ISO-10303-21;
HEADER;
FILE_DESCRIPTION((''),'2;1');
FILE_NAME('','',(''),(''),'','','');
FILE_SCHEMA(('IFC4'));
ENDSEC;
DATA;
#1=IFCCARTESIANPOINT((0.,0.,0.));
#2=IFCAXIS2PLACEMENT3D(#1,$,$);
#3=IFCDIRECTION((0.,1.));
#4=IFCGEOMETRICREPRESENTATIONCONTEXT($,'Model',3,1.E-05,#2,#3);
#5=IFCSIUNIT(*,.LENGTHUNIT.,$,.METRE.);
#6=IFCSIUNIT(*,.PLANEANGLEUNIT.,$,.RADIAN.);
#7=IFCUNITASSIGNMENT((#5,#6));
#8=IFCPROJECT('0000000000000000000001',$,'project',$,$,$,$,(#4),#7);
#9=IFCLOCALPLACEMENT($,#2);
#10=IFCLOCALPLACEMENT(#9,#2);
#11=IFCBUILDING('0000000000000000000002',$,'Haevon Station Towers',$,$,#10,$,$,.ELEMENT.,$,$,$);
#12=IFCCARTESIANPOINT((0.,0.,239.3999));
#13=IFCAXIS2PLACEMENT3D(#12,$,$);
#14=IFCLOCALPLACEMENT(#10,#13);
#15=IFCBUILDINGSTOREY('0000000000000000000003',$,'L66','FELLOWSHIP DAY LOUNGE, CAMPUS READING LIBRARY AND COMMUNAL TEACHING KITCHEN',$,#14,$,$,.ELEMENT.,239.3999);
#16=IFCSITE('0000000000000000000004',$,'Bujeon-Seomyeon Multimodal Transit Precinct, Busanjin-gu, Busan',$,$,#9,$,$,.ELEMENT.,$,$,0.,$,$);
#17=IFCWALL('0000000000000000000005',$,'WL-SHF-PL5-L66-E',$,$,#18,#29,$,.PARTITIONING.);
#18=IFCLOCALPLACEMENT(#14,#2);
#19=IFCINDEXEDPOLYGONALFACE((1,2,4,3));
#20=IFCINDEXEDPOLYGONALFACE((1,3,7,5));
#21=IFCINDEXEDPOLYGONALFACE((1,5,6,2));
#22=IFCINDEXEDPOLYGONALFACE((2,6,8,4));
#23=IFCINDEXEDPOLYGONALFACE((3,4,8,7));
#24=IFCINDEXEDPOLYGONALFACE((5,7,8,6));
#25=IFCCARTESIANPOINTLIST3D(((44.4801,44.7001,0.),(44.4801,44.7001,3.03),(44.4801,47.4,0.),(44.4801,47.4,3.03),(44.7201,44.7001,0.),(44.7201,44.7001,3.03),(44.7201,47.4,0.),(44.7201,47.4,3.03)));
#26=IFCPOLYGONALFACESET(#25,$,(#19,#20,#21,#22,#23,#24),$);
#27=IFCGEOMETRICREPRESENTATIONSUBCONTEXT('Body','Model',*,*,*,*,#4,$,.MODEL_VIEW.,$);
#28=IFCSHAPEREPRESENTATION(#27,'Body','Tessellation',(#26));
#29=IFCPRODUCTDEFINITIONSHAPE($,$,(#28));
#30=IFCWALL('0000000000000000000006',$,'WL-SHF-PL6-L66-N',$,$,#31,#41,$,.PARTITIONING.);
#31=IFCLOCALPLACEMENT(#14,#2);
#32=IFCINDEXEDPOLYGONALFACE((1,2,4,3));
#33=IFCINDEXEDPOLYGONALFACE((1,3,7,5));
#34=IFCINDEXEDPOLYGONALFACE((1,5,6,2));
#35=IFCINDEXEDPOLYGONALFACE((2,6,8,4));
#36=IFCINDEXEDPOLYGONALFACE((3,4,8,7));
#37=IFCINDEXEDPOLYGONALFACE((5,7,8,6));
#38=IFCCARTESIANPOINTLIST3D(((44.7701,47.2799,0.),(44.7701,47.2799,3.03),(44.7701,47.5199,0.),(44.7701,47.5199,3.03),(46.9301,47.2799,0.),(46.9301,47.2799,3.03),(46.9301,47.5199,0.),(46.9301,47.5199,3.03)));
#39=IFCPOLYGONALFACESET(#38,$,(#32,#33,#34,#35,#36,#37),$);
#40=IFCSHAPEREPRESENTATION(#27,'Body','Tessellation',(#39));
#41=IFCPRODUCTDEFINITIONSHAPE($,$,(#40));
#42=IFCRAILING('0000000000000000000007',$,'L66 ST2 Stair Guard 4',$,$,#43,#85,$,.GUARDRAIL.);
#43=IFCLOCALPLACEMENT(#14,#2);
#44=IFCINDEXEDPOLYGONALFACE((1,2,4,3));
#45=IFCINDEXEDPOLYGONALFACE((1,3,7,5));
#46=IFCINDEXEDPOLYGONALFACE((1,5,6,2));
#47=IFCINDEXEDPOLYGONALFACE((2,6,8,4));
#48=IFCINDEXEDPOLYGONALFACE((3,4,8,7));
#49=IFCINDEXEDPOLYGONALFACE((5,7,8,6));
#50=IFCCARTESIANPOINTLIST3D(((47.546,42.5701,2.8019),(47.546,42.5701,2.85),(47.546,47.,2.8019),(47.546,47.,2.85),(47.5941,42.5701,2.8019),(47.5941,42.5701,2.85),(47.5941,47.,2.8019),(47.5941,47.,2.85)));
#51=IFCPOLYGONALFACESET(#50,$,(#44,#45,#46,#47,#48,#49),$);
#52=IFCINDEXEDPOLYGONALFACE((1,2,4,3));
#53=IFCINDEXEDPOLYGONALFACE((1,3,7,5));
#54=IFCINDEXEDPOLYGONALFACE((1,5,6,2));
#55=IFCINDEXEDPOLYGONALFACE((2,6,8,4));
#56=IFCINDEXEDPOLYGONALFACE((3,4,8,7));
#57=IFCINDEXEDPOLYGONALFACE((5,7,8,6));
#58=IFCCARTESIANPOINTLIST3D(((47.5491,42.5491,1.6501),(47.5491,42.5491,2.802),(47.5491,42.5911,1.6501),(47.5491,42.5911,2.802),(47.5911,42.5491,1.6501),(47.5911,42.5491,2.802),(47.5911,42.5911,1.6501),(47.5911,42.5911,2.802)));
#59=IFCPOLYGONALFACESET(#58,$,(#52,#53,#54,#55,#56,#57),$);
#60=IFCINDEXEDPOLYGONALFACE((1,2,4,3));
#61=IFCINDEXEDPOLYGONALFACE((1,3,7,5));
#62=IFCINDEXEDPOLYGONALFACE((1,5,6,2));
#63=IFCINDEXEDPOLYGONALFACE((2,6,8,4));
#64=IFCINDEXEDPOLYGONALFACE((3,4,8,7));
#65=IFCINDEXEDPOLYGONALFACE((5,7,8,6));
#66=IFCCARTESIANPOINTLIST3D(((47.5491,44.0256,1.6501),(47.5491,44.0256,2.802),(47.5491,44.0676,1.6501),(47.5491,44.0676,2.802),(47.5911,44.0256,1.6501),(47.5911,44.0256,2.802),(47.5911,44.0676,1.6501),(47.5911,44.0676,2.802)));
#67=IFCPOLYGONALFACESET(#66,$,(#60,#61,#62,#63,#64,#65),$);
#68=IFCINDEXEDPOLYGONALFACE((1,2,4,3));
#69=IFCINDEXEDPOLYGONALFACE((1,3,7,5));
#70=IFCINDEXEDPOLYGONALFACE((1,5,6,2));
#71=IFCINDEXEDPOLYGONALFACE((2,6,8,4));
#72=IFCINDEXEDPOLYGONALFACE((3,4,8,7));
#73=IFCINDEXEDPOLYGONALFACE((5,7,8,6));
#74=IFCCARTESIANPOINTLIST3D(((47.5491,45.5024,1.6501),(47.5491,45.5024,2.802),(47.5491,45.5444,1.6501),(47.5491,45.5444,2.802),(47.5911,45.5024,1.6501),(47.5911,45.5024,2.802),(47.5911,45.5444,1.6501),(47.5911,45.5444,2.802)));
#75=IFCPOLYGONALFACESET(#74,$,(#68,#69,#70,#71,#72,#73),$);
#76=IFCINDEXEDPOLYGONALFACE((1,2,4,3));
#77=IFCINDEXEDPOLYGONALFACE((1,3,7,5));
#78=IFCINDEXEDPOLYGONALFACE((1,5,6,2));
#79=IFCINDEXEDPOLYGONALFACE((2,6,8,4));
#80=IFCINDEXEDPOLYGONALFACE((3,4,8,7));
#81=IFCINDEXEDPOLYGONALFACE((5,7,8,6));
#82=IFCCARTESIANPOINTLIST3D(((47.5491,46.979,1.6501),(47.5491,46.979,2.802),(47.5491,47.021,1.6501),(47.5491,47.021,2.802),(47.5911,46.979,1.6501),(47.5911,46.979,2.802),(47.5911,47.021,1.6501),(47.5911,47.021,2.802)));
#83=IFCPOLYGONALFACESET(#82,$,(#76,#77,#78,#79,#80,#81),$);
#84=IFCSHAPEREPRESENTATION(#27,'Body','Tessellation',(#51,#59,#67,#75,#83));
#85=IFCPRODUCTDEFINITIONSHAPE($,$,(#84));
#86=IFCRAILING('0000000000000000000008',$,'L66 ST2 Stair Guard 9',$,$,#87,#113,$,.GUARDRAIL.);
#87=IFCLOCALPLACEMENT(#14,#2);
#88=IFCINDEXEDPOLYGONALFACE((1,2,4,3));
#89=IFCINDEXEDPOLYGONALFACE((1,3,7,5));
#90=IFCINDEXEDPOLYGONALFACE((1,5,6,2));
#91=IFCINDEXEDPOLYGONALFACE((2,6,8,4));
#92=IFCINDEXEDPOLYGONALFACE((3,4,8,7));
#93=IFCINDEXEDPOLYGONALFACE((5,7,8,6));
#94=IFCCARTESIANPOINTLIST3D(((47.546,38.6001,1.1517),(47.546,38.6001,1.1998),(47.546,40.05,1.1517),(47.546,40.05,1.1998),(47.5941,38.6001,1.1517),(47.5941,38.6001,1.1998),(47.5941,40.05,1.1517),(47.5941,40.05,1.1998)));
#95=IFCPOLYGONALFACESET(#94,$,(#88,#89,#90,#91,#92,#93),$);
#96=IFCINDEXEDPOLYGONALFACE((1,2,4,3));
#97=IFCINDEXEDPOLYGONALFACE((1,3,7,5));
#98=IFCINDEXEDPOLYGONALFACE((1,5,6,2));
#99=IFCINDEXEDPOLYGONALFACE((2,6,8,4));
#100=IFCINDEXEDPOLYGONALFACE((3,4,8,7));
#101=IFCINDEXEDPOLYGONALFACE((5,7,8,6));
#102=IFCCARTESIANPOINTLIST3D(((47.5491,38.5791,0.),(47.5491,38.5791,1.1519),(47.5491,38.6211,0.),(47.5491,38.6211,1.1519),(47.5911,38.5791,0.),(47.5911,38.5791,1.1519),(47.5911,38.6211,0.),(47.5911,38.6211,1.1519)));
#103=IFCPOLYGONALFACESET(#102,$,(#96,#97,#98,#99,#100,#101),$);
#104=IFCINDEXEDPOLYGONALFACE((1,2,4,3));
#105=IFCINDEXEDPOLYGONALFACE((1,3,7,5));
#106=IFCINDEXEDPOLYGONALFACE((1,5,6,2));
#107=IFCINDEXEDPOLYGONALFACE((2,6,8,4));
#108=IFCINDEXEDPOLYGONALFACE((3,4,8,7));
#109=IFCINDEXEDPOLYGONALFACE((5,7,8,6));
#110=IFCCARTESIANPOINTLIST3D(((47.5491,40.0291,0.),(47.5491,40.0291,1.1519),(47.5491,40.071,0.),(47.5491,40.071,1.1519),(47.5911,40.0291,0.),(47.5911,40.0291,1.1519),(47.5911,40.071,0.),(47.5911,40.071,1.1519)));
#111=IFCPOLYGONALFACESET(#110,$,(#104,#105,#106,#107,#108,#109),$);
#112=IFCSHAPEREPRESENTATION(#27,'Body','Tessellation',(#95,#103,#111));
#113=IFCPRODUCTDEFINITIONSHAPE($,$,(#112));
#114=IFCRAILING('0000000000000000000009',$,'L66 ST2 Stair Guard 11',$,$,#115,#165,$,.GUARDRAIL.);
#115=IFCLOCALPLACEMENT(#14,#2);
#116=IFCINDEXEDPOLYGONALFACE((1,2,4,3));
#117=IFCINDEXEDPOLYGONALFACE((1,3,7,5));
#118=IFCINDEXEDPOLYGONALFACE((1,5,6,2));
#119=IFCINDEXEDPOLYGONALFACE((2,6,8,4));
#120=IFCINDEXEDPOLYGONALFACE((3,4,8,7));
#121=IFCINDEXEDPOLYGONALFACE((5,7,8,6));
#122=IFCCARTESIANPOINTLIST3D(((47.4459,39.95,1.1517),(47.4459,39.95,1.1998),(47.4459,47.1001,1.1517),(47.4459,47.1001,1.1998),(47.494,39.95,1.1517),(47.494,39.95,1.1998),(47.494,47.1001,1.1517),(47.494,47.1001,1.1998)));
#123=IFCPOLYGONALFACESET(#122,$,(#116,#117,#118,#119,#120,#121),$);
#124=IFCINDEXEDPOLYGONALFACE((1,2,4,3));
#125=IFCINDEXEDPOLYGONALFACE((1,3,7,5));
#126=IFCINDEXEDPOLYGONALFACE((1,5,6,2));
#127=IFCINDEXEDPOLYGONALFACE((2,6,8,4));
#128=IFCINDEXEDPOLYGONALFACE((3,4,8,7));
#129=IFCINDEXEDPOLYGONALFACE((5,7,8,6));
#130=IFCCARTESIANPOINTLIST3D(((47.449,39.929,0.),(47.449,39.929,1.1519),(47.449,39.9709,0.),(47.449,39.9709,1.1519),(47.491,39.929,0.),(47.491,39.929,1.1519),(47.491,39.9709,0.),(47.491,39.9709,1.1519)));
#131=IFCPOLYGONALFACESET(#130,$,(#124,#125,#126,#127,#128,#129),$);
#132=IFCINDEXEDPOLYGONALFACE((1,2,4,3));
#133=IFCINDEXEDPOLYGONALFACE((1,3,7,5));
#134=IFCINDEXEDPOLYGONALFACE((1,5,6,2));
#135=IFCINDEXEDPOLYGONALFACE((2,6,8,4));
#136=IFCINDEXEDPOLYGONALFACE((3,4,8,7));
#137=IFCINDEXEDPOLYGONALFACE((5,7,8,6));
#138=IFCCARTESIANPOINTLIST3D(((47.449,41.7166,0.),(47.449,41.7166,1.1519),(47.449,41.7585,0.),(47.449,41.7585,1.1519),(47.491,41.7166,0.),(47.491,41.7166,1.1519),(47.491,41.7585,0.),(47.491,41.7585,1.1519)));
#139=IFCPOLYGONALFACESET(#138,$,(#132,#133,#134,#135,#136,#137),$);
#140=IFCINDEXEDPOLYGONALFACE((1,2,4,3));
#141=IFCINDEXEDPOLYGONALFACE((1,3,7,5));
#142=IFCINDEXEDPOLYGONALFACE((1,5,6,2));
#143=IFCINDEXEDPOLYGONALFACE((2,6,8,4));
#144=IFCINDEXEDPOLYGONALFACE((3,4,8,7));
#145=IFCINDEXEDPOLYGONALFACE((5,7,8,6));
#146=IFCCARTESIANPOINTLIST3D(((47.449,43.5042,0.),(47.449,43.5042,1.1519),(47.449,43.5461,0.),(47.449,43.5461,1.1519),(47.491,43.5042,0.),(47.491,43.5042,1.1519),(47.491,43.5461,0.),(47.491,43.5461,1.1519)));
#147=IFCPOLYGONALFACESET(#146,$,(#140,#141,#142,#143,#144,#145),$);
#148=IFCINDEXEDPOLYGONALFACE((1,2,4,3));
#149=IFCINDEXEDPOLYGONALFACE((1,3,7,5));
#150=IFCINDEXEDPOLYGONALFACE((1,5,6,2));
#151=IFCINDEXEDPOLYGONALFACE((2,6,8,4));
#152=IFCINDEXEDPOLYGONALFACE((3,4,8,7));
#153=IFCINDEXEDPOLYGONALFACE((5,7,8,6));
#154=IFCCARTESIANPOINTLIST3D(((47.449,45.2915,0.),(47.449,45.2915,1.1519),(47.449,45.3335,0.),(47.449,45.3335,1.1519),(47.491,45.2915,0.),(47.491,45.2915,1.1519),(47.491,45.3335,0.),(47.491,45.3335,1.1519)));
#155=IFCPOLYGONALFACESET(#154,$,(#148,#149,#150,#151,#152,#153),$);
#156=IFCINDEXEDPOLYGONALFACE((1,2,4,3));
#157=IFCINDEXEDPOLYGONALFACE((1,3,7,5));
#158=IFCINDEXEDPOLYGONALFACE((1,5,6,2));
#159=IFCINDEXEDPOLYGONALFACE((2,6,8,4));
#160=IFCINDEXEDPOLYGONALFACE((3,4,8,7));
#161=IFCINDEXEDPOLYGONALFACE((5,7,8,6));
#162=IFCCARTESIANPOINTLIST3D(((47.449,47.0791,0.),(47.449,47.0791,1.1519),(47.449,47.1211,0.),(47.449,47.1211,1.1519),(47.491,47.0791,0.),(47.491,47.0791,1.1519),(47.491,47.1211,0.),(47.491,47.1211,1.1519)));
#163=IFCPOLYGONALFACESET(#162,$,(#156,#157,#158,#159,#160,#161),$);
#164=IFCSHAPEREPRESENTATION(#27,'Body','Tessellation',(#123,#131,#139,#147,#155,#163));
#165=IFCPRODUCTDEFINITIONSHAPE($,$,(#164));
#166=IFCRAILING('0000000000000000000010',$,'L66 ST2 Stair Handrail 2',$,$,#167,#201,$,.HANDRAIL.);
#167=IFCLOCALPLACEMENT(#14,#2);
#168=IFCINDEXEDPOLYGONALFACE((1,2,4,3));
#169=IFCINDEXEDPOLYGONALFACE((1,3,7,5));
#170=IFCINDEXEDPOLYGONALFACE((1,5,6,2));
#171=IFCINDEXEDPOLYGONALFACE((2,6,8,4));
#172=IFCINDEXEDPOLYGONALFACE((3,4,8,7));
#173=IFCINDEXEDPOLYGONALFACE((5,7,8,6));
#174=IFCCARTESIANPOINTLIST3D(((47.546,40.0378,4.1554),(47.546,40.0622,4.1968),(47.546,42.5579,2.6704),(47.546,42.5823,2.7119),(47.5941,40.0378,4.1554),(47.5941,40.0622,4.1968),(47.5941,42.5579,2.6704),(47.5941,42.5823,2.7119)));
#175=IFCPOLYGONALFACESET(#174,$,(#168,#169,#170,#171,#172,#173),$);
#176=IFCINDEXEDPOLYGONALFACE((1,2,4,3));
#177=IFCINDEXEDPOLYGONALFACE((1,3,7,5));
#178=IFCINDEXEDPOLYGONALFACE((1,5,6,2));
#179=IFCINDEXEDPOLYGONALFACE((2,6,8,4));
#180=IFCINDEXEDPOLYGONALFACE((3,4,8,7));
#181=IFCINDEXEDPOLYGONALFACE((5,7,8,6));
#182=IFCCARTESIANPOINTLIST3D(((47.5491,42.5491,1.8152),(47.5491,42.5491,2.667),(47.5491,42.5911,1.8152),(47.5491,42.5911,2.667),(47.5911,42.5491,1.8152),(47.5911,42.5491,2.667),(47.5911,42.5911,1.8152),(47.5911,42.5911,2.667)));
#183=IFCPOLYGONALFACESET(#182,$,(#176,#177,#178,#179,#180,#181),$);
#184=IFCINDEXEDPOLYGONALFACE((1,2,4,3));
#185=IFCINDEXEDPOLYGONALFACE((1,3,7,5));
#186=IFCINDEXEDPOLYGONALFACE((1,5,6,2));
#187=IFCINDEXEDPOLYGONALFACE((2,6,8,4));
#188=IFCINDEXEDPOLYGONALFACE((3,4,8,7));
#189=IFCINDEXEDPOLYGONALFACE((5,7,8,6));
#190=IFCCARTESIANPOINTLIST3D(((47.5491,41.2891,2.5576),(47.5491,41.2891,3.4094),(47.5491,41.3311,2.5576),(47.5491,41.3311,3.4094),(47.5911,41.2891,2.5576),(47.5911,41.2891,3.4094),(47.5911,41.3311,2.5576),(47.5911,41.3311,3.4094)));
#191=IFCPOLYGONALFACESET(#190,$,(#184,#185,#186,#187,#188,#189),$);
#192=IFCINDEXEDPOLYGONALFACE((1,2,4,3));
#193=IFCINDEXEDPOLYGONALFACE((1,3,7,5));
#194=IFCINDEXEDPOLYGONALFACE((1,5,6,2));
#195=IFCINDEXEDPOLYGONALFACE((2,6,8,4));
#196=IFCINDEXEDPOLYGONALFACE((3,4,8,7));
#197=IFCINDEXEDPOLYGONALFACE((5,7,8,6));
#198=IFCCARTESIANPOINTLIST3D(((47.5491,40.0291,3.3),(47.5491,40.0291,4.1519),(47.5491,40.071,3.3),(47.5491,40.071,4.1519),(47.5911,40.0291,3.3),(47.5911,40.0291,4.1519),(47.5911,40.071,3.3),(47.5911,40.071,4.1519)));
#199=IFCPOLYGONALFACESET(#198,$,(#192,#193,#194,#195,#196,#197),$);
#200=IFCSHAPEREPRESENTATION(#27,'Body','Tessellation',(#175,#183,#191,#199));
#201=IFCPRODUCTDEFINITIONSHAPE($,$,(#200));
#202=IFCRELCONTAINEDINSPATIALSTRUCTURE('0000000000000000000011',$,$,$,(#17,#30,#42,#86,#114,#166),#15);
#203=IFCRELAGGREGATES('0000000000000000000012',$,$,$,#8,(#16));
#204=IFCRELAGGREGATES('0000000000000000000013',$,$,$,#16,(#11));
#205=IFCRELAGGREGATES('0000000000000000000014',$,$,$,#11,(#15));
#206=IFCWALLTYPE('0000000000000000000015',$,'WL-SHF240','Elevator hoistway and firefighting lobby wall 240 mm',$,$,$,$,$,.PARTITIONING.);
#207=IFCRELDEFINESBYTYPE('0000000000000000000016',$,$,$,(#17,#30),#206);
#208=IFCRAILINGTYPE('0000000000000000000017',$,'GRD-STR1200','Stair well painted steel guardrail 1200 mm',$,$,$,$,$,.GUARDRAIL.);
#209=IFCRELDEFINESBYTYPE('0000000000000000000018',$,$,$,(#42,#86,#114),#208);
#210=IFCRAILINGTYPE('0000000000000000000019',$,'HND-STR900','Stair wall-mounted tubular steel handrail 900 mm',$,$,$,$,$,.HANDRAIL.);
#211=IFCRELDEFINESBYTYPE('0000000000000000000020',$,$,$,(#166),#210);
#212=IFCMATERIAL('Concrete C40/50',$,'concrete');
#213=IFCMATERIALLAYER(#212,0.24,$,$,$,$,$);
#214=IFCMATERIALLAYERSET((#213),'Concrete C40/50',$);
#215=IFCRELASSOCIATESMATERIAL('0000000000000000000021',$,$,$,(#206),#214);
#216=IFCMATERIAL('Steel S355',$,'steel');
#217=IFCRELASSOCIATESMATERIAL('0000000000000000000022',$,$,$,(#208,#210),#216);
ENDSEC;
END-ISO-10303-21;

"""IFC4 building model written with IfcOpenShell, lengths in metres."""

from ifc_helpers import new_model, si_unit, direction, frame, frame_2d, origin, origin_2d, place, context, subcontext, project, spatial, rectangle, extrude, material, layer, layer_set, type_object, element, save


model = new_model("IFC4")

# Units and contexts
model_context = context("Model", 3, precision=1e-05, world=origin(), true_north=direction((0.0, 1.0)))
body_context = subcontext(model_context, "Body", "Model", "MODEL_VIEW")
ifc_project = project(units=[si_unit("LENGTHUNIT", "METRE"), si_unit("PLANEANGLEUNIT", "RADIAN")], contexts=[model_context])

# Site, building, storey
site_placement = place(None, origin())
site = spatial("IfcSite", under=ifc_project, at=site_placement, Name="Bujeon-Seomyeon Multimodal Transit Precinct, Busanjin-gu, Busan", CompositionType="ELEMENT", RefElevation=0.0)
building_placement = place(site_placement, origin())
building = spatial("IfcBuilding", under=site, at=building_placement, Name="Haevon Station Towers", CompositionType="ELEMENT")
storey_placement = place(building_placement, frame((0.0, 0.0, 239.3999)))
storey = spatial("IfcBuildingStorey", under=building, at=storey_placement, Name="L66", Description="FELLOWSHIP DAY LOUNGE, CAMPUS READING LIBRARY AND COMMUNAL TEACHING KITCHEN", CompositionType="ELEMENT", Elevation=239.3999)

# Shared definitions
ifc_material_1 = material(Name="Steel S355", Category="steel")

# Wall
ifc_material_2 = material(Name="Concrete C40/50", Category="concrete")
ifc_layer_1 = layer(ifc_material_2, 0.24)
ifc_layer_set_1 = layer_set([ifc_layer_1], Name="Concrete C40/50")
wall_type_1 = type_object("IfcWallType", Name="WL-SHF240", Description="Elevator hoistway and firefighting lobby wall 240 mm", PredefinedType="PARTITIONING", material=ifc_layer_set_1)
wall_1_placement = place(storey_placement, frame((44.6001, 44.7, 0.0), z_axis=(0.0, 0.0, 1.0), x_axis=(0.0, 1.0, 0.0)))
element("IfcWall", 1, at=wall_1_placement, inside=storey, type_object=wall_type_1, Name="WL-SHF-PL5-L66-E", PredefinedType="PARTITIONING", context=body_context, shape_type="SweptSolid", body=[
    extrude(rectangle(XDim=2.7, YDim=0.24, at=frame_2d((1.3501, 0.0))), origin(), (0.0, 0.0, 1.0), 3.03),
])

# Wall
wall_2_placement = place(storey_placement, frame((44.77, 47.3999, 0.0), z_axis=(0.0, 0.0, 1.0), x_axis=(1.0, 0.0, 0.0)))
element("IfcWall", 2, at=wall_2_placement, inside=storey, type_object=wall_type_1, Name="WL-SHF-PL6-L66-N", PredefinedType="PARTITIONING", context=body_context, shape_type="SweptSolid", body=[
    extrude(rectangle(XDim=2.1599, YDim=0.24, at=frame_2d((1.0801, 0.0))), origin(), (0.0, 0.0, 1.0), 3.03),
])

# Railings
railing_type_1 = type_object("IfcRailingType", Name="GRD-STR1200", Description="Stair well painted steel guardrail 1200 mm", PredefinedType="GUARDRAIL", material=ifc_material_1)
railing_1_placement = place(storey_placement, frame((47.5701, 42.5701, 1.6501)))
element("IfcRailing", 3, at=railing_1_placement, inside=storey, type_object=railing_type_1, Name="L66 ST2 Stair Guard 4", PredefinedType="GUARDRAIL", context=body_context, shape_type="SweptSolid", body=[
    extrude(rectangle(XDim=0.0481, YDim=0.0481, at=origin_2d()), frame((0.0, 0.0, 1.1758), z_axis=(0.0, 1.0, 0.0), x_axis=(-1.0, 0.0, 0.0)), (0.0, 0.0, 1.0), 4.4299),
    extrude(rectangle(XDim=0.042, YDim=0.042, at=origin_2d()), origin(), (0.0, 0.0, 1.0), 1.1519),
    extrude(rectangle(XDim=0.042, YDim=0.042, at=origin_2d()), frame((0.0, 1.4766, 0.0)), (0.0, 0.0, 1.0), 1.1519),
    extrude(rectangle(XDim=0.042, YDim=0.042, at=origin_2d()), frame((0.0, 2.9534, 0.0)), (0.0, 0.0, 1.0), 1.1519),
    extrude(rectangle(XDim=0.042, YDim=0.042, at=origin_2d()), frame((0.0, 4.4299, 0.0)), (0.0, 0.0, 1.0), 1.1519),
])
railing_2_placement = place(storey_placement, frame((47.5701, 38.6001, 0.0)))
element("IfcRailing", 4, at=railing_2_placement, inside=storey, type_object=railing_type_1, Name="L66 ST2 Stair Guard 9", PredefinedType="GUARDRAIL", context=body_context, shape_type="SweptSolid", body=[
    extrude(rectangle(XDim=0.0481, YDim=0.0481, at=origin_2d()), frame((0.0, 0.0, 1.1758), z_axis=(0.0, 1.0, 0.0), x_axis=(-1.0, 0.0, 0.0)), (0.0, 0.0, 1.0), 1.45),
    extrude(rectangle(XDim=0.042, YDim=0.042, at=origin_2d()), origin(), (0.0, 0.0, 1.0), 1.1519),
    extrude(rectangle(XDim=0.042, YDim=0.042, at=origin_2d()), frame((0.0, 1.45, 0.0)), (0.0, 0.0, 1.0), 1.1519),
])
railing_3_placement = place(storey_placement, frame((47.47, 39.95, 0.0)))
element("IfcRailing", 5, at=railing_3_placement, inside=storey, type_object=railing_type_1, Name="L66 ST2 Stair Guard 11", PredefinedType="GUARDRAIL", context=body_context, shape_type="SweptSolid", body=[
    extrude(rectangle(XDim=0.0481, YDim=0.0481, at=origin_2d()), frame((0.0, 0.0, 1.1758), z_axis=(0.0, 1.0, 0.0), x_axis=(-1.0, 0.0, 0.0)), (0.0, 0.0, 1.0), 7.1501),
    extrude(rectangle(XDim=0.042, YDim=0.042, at=origin_2d()), origin(), (0.0, 0.0, 1.0), 1.1519),
    extrude(rectangle(XDim=0.042, YDim=0.042, at=origin_2d()), frame((0.0, 1.7876, 0.0)), (0.0, 0.0, 1.0), 1.1519),
    extrude(rectangle(XDim=0.042, YDim=0.042, at=origin_2d()), frame((0.0, 3.5752, 0.0)), (0.0, 0.0, 1.0), 1.1519),
    extrude(rectangle(XDim=0.042, YDim=0.042, at=origin_2d()), frame((0.0, 5.3625, 0.0)), (0.0, 0.0, 1.0), 1.1519),
    extrude(rectangle(XDim=0.042, YDim=0.042, at=origin_2d()), frame((0.0, 7.1501, 0.0)), (0.0, 0.0, 1.0), 1.1519),
])
railing_type_2 = type_object("IfcRailingType", Name="HND-STR900", Description="Stair wall-mounted tubular steel handrail 900 mm", PredefinedType="HANDRAIL", material=ifc_material_1)
railing_4_placement = place(storey_placement, frame((47.5701, 42.5701, 1.8152)))
element("IfcRailing", 6, at=railing_4_placement, inside=storey, type_object=railing_type_2, Name="L66 ST2 Stair Handrail 2", PredefinedType="HANDRAIL", context=body_context, shape_type="SweptSolid", body=[
    extrude(rectangle(XDim=0.0481, YDim=0.0481, at=origin_2d()), frame((0.0, 0.0, 0.876), z_axis=(0.0, -0.861561, 0.507655), x_axis=(1.0, 0.0, 0.0)), (0.0, 0.0, 1.0), 2.925),
    extrude(rectangle(XDim=0.042, YDim=0.042, at=origin_2d()), origin(), (0.0, 0.0, 1.0), 0.8518),
    extrude(rectangle(XDim=0.042, YDim=0.042, at=origin_2d()), frame((0.0, -1.26, 0.7424)), (0.0, 0.0, 1.0), 0.8518),
    extrude(rectangle(XDim=0.042, YDim=0.042, at=origin_2d()), frame((0.0, -2.52, 1.4849)), (0.0, 0.0, 1.0), 0.8518),
])

save(model, "model.ifc")
